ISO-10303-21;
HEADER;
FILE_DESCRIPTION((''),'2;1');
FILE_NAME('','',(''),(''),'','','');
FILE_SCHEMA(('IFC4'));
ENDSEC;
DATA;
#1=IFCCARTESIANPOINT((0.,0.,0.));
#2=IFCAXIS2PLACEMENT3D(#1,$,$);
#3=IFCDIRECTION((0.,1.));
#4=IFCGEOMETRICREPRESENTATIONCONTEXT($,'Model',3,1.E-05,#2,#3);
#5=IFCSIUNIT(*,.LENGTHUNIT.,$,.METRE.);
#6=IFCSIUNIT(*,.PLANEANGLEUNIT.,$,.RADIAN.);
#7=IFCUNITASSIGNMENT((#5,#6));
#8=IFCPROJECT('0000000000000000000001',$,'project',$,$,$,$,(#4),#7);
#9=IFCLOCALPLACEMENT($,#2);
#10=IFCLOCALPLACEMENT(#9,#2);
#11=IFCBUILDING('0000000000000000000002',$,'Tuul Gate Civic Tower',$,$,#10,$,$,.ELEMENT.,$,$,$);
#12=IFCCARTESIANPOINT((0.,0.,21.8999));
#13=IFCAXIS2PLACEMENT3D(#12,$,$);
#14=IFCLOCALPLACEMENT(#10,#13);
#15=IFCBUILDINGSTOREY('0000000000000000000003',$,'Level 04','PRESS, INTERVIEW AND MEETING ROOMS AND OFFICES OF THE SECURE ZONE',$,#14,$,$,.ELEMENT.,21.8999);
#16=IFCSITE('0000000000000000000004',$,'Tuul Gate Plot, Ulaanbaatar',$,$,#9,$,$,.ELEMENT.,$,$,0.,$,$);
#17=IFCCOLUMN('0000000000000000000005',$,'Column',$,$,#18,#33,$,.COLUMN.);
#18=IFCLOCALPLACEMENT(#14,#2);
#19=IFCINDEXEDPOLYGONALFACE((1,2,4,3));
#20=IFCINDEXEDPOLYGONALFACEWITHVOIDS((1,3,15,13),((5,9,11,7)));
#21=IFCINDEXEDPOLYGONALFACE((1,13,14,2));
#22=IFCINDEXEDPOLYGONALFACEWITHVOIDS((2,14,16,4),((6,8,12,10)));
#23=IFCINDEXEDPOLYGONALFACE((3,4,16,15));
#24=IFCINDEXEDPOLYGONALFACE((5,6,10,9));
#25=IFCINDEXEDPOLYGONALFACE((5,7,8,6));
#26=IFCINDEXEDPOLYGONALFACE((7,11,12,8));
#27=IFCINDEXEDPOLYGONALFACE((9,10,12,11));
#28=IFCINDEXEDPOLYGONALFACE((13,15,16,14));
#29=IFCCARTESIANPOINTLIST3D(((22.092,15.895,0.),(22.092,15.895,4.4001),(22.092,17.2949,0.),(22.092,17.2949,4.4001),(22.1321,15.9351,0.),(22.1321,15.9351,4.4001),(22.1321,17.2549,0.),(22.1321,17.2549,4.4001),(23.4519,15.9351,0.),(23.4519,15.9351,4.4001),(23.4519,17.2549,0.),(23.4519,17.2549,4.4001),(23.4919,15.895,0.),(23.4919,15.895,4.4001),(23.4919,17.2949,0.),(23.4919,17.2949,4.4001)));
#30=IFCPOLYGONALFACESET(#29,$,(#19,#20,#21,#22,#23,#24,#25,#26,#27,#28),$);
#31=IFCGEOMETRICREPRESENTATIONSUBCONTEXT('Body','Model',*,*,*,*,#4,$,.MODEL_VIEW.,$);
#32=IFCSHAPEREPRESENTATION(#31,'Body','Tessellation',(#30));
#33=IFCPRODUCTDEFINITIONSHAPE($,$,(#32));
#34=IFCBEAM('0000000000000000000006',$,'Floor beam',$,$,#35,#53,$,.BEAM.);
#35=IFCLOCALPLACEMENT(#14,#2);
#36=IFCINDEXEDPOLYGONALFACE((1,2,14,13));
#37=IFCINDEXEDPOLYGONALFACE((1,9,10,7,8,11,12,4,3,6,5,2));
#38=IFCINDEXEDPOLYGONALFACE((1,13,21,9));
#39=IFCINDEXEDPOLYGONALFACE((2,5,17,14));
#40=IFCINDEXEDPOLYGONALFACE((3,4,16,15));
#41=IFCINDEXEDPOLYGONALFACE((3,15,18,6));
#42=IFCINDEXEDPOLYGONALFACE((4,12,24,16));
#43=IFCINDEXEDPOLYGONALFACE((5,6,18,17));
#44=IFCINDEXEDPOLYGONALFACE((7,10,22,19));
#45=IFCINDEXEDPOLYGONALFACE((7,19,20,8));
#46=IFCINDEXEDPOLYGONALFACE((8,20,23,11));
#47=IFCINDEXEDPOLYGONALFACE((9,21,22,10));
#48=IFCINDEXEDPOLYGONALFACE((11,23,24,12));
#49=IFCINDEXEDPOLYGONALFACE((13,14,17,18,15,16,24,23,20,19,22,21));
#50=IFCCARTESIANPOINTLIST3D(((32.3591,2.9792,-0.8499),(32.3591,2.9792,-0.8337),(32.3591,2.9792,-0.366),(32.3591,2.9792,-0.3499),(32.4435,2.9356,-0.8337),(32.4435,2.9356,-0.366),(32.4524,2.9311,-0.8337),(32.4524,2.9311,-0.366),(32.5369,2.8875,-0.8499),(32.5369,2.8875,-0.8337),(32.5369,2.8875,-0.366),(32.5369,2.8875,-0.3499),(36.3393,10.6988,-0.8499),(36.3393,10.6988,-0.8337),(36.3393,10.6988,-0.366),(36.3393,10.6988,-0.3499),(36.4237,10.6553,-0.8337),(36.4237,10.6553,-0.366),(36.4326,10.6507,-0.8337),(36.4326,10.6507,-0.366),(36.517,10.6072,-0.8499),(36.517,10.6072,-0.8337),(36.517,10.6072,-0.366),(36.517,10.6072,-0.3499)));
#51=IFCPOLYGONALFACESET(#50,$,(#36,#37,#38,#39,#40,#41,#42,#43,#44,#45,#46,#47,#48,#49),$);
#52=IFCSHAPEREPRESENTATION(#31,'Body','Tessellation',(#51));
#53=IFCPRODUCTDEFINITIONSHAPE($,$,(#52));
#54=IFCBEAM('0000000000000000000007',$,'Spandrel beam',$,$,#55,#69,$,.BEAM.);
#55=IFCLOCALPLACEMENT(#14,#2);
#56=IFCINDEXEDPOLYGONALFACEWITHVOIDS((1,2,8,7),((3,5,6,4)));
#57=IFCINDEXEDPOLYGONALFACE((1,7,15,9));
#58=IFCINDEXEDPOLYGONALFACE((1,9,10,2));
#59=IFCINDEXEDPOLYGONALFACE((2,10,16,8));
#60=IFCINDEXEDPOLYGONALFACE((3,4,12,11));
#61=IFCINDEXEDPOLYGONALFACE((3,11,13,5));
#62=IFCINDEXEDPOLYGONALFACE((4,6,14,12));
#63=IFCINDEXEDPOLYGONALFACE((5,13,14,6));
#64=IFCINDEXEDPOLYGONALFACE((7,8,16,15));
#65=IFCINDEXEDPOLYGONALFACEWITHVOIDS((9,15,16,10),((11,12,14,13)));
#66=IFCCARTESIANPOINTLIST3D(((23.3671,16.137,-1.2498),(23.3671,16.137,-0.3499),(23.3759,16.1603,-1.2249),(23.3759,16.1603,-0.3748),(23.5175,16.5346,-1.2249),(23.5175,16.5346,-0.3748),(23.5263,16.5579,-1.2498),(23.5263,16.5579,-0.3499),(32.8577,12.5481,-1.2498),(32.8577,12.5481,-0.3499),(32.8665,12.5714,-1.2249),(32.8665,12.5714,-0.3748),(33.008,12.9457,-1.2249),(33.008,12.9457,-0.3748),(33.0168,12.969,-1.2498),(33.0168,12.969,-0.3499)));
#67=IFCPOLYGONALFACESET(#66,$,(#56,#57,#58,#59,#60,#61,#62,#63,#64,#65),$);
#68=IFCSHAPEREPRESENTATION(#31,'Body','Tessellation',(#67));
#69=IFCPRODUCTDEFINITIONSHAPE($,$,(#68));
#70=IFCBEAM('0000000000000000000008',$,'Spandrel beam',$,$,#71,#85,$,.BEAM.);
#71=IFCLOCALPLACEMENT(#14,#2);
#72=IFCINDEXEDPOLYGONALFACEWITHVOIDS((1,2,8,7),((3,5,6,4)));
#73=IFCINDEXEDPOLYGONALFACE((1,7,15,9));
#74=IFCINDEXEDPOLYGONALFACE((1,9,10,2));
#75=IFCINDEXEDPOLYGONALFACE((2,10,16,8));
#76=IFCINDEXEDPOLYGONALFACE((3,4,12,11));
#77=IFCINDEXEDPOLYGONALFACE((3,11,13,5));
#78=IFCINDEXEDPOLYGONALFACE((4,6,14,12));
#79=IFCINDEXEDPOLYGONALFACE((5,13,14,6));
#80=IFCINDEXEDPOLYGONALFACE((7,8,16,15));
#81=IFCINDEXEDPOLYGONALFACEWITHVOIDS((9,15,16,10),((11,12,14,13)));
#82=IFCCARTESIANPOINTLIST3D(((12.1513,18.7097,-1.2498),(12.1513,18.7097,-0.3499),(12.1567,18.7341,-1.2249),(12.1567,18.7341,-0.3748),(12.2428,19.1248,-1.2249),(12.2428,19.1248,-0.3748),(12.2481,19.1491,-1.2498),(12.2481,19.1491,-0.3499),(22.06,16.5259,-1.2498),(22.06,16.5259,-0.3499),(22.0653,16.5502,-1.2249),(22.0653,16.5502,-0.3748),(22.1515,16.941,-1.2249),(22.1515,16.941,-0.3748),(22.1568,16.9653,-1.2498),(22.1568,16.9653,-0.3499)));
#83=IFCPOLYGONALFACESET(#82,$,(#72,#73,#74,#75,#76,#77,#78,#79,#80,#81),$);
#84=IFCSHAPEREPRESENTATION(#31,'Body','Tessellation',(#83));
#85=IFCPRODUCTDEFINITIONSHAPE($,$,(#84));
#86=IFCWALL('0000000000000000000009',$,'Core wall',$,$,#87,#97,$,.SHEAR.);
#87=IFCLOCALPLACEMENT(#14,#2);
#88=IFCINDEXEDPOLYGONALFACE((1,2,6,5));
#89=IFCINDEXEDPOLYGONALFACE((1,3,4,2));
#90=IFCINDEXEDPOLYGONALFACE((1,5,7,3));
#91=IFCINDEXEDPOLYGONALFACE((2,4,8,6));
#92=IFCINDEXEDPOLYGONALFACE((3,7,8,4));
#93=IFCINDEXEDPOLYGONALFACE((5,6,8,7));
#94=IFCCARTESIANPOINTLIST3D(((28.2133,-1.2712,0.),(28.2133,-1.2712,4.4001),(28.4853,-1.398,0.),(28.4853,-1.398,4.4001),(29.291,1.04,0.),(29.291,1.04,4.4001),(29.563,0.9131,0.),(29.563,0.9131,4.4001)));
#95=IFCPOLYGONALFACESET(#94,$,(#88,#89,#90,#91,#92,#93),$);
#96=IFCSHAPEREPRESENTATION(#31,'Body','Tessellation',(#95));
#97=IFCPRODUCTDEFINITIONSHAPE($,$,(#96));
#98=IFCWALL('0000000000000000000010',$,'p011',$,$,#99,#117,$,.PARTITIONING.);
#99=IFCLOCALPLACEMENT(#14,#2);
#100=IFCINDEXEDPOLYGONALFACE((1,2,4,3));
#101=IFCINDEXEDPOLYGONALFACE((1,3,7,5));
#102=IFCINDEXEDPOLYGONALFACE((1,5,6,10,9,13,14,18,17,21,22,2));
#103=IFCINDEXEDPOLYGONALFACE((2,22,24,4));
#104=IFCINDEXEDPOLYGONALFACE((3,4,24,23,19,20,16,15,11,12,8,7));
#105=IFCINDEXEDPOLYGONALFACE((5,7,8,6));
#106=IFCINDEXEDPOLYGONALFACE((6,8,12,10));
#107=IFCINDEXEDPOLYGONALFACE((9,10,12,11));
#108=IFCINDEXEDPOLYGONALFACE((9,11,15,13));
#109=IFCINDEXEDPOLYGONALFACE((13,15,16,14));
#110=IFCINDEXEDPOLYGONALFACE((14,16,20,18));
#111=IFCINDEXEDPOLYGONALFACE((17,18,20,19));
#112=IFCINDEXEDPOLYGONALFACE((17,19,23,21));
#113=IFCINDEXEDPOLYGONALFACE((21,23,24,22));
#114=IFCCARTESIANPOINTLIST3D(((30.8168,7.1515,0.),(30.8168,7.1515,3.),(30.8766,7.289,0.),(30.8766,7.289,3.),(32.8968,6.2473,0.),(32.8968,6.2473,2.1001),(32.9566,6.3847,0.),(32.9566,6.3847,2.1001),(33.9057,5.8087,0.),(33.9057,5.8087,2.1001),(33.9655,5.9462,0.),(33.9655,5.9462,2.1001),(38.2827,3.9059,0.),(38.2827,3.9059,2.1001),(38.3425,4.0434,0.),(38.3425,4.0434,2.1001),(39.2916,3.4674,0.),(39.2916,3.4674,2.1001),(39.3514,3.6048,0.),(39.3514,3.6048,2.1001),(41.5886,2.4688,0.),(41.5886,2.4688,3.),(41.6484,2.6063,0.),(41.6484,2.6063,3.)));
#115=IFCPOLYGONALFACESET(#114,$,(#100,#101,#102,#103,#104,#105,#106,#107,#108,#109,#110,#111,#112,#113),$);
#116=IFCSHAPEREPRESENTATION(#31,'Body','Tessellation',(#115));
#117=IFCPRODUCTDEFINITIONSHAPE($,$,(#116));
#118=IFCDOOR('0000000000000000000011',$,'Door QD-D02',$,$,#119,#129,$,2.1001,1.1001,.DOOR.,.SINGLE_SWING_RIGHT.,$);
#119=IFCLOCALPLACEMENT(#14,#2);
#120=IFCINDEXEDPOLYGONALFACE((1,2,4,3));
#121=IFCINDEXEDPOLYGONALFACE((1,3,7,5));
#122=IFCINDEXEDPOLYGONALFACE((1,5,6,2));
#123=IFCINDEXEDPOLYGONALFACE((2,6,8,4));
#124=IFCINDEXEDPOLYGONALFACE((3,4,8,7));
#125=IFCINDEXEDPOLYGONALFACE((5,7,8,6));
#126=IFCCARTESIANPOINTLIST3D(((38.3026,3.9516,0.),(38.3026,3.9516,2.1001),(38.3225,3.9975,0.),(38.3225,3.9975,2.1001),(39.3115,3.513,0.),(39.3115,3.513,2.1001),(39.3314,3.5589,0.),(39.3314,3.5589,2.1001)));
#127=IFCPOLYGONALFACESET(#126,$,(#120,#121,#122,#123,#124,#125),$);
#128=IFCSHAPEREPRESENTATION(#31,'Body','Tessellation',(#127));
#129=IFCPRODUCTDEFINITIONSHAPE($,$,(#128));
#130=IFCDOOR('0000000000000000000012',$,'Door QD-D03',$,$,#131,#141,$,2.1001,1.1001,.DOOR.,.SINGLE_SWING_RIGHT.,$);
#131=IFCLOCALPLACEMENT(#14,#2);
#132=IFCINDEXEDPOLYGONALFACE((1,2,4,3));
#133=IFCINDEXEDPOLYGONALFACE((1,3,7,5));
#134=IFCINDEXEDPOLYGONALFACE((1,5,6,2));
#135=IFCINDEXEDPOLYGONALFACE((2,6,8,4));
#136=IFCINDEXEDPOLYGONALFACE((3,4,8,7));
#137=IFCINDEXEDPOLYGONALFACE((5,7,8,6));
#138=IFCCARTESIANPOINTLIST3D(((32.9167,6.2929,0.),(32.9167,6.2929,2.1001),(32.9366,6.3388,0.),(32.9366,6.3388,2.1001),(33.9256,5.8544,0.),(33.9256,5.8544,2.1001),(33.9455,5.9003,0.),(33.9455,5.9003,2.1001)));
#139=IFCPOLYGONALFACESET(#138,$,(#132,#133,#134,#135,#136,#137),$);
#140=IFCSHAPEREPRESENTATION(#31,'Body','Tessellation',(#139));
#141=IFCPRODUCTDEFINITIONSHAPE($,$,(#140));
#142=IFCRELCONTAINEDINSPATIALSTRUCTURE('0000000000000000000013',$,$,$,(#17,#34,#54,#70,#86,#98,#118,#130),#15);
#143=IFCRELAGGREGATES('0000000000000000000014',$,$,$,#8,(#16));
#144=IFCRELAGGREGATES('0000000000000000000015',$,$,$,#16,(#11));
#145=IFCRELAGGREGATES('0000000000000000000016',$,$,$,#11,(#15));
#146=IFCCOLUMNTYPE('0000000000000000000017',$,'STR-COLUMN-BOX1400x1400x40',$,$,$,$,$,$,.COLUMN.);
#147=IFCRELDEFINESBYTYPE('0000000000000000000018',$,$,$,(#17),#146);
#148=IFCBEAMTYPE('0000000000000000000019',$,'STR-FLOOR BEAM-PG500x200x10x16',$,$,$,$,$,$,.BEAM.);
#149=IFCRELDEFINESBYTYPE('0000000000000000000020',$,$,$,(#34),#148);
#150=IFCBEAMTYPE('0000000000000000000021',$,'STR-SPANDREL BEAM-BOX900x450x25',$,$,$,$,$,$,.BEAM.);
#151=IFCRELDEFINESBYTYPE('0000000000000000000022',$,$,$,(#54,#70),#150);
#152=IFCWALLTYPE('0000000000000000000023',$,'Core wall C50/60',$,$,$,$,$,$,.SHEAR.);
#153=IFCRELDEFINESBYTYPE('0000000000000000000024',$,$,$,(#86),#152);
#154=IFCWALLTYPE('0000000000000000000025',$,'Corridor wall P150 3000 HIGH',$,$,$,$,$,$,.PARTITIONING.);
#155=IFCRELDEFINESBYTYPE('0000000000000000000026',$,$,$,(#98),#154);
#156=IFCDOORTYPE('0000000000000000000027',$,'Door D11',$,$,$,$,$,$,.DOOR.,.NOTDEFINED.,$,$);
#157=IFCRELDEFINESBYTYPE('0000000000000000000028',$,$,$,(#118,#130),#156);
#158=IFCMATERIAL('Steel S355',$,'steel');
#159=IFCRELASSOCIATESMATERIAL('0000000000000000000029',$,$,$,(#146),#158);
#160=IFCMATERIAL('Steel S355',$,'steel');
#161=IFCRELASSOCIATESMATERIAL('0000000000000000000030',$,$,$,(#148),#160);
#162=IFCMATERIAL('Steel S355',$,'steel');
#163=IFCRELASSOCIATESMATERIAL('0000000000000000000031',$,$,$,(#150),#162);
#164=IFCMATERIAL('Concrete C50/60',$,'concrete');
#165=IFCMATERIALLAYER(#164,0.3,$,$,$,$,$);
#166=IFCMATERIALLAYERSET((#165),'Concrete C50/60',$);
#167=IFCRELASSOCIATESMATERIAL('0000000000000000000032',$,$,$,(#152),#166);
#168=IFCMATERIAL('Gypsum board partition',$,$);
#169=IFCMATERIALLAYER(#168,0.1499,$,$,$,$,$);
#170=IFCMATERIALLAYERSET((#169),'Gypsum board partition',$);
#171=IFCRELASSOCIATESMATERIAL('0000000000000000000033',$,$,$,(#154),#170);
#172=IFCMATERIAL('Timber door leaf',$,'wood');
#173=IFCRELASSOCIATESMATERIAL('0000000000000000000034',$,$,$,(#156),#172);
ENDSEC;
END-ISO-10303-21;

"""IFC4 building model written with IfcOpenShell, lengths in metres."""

from ifc_helpers import new_model, si_unit, direction, frame, frame_2d, origin, origin_2d, place, context, subcontext, project, spatial, rectangle, hollow_rectangle, i_section, extrude, material, layer, layer_set, material_profile, profile_set, type_object, element, fill, save


model = new_model("IFC4")

# Units and contexts
model_context = context("Model", 3, precision=1e-05, world=origin(), true_north=direction((0.0, 1.0)))
body_context = subcontext(model_context, "Body", "Model", "MODEL_VIEW")
ifc_project = project(units=[si_unit("LENGTHUNIT", "METRE"), si_unit("PLANEANGLEUNIT", "RADIAN")], contexts=[model_context])

# Site, building, storey
site_placement = place(None, origin())
site = spatial("IfcSite", under=ifc_project, at=site_placement, Name="Tuul Gate Plot, Ulaanbaatar", CompositionType="ELEMENT", RefElevation=0.0)
building_placement = place(site_placement, origin())
building = spatial("IfcBuilding", under=site, at=building_placement, Name="Tuul Gate Civic Tower", CompositionType="ELEMENT")
storey_placement = place(building_placement, frame((0.0, 0.0, 21.8999)))
storey = spatial("IfcBuildingStorey", under=building, at=storey_placement, Name="Level 04", Description="PRESS, INTERVIEW AND MEETING ROOMS AND OFFICES OF THE SECURE ZONE", CompositionType="ELEMENT", Elevation=21.8999)

# Column
ifc_material_1 = material(Name="Steel S355", Category="steel")
ifc_material_profile_1 = material_profile(ifc_material_1, hollow_rectangle(XDim=1.3999, YDim=1.3999, WallThickness=0.04, at=origin_2d()), Name="BOX1400x1400x40")
ifc_profile_set_1 = profile_set([ifc_material_profile_1], Name="Steel S355")
column_type = type_object("IfcColumnType", Name="STR-COLUMN-BOX1400x1400x40", PredefinedType="COLUMN", material=ifc_profile_set_1)
column_placement = place(storey_placement, frame((22.792, 16.595, 0.0), z_axis=(0.0, 0.0, 1.0), x_axis=(1.0, 0.0, 0.0)))
element("IfcColumn", 1, at=column_placement, inside=storey, type_object=column_type, Name="Column", PredefinedType="COLUMN", context=body_context, shape_type="SweptSolid", body=[
    extrude(hollow_rectangle(XDim=1.3999, YDim=1.3999, WallThickness=0.04, at=origin_2d()), origin(), (0.0, 0.0, 1.0), 4.4001),
])

# Beams
ifc_material_2 = material(Name="Steel S355", Category="steel")
ifc_material_profile_2 = material_profile(ifc_material_2, i_section(OverallWidth=0.2, OverallDepth=0.5, WebThickness=0.01, FlangeThickness=0.0161, at=origin_2d()), Name="PG500x200x10x16")
ifc_profile_set_2 = profile_set([ifc_material_profile_2], Name="Steel S355")
beam_type_1 = type_object("IfcBeamType", Name="STR-FLOOR BEAM-PG500x200x10x16", PredefinedType="BEAM", material=ifc_profile_set_2)
beam_placement = place(storey_placement, frame((32.448, 2.9333, -0.5999), z_axis=(0.458266, 0.888815, 0.0), x_axis=(-0.888815, 0.458266, 0.0)))
element("IfcBeam", 2, at=beam_placement, inside=storey, type_object=beam_type_1, Name="Floor beam", PredefinedType="BEAM", context=body_context, shape_type="SweptSolid", body=[
    extrude(i_section(OverallWidth=0.2, OverallDepth=0.5, WebThickness=0.01, FlangeThickness=0.0161, at=origin_2d()), origin(), (0.0, 0.0, 1.0), 8.6853),
])
ifc_material_3 = material(Name="Steel S355", Category="steel")
ifc_material_profile_3 = material_profile(ifc_material_3, hollow_rectangle(XDim=0.45, YDim=0.8999, WallThickness=0.0249, at=origin_2d()), Name="BOX900x450x25")
ifc_profile_set_3 = profile_set([ifc_material_profile_3], Name="Steel S355")
beam_type_2 = type_object("IfcBeamType", Name="STR-SPANDREL BEAM-BOX900x450x25", PredefinedType="BEAM", material=ifc_profile_set_3)
for number, where, z_axis, x_axis, name in (
    (3, (32.9373, 12.7585, -0.7998), (-0.935356, 0.353709, 0.0), (-0.353709, -0.935356, 0.0), "Spandrel beam"),
    (4, (22.1084, 16.7456, -0.7998), (-0.976563, 0.215231, 0.0), (-0.215231, -0.976563, 0.0), "Spandrel beam"),
):
    element("IfcBeam", number, at=place(storey_placement, frame(where, z_axis=z_axis, x_axis=x_axis)), inside=storey, type_object=beam_type_2, Name=name, PredefinedType="BEAM", context=body_context, shape_type="SweptSolid", body=[
        extrude(hollow_rectangle(XDim=0.45, YDim=0.8999, WallThickness=0.0249, at=origin_2d()), origin(), (0.0, 0.0, 1.0), 10.1465),
    ])

# Wall
ifc_material_4 = material(Name="Concrete C50/60", Category="concrete")
ifc_layer_1 = layer(ifc_material_4, 0.3)
ifc_layer_set_1 = layer_set([ifc_layer_1], Name="Concrete C50/60")
wall_type_1 = type_object("IfcWallType", Name="Core wall C50/60", PredefinedType="SHEAR", material=ifc_layer_set_1)
wall_1_placement = place(storey_placement, frame((28.3494, -1.3345, 0.0), z_axis=(0.0, 0.0, 1.0), x_axis=(0.422613, 0.90631, 0.0)))
element("IfcWall", 5, at=wall_1_placement, inside=storey, type_object=wall_type_1, Name="Core wall", PredefinedType="SHEAR", context=body_context, shape_type="SweptSolid", body=[
    extrude(rectangle(XDim=2.55, YDim=0.3, at=frame_2d((1.2749, 0.0))), origin(), (0.0, 0.0, 1.0), 4.4001),
])

# Wall, openings, doors
ifc_material_5 = material(Name="Gypsum board partition")
ifc_layer_2 = layer(ifc_material_5, 0.1499)
ifc_layer_set_2 = layer_set([ifc_layer_2], Name="Gypsum board partition")
wall_type_2 = type_object("IfcWallType", Name="Corridor wall P150 3000 HIGH", PredefinedType="PARTITIONING", material=ifc_layer_set_2)
wall_2_placement = place(storey_placement, frame((30.8467, 7.2202, 0.0), z_axis=(0.0, 0.0, 1.0), x_axis=(0.917093, -0.398673, 0.0)))
wall_2 = element("IfcWall", 6, at=wall_2_placement, inside=storey, type_object=wall_type_2, Name="p011", PredefinedType="PARTITIONING", context=body_context, shape_type="SweptSolid", body=[
    extrude(rectangle(XDim=11.7456, YDim=0.1499, at=frame_2d((5.8728, 0.0))), origin(), (0.0, 0.0, 1.0), 3.0),
])
opening_1_placement = place(wall_2_placement, frame((8.1409, 0.0, 0.0)))
opening_1 = element("IfcOpeningElement", 7, at=opening_1_placement, cuts=wall_2, PredefinedType="OPENING", context=body_context, shape_type="SweptSolid", body=[
    extrude(rectangle(XDim=1.1001, YDim=2.1001, at=frame_2d((0.55, 1.05))), frame((0.0, 0.085, 0.0), z_axis=(0.0, -1.0, 0.0), x_axis=(1.0, 0.0, 0.0)), (0.0, 0.0, 1.0), 0.1699),
])
opening_2_placement = place(wall_2_placement, frame((2.2681, 0.0, 0.0)))
opening_2 = element("IfcOpeningElement", 8, at=opening_2_placement, cuts=wall_2, PredefinedType="OPENING", context=body_context, shape_type="SweptSolid", body=[
    extrude(rectangle(XDim=1.1001, YDim=2.1001, at=frame_2d((0.55, 1.05))), frame((0.0, 0.085, 0.0), z_axis=(0.0, -1.0, 0.0), x_axis=(1.0, 0.0, 0.0)), (0.0, 0.0, 1.0), 0.1699),
])
ifc_material_6 = material(Name="Timber door leaf", Category="wood")
door_type = type_object("IfcDoorType", Name="Door D11", OperationType="NOTDEFINED", PredefinedType="DOOR", material=ifc_material_6)
door_1_placement = place(opening_1_placement, origin())
door_1 = element("IfcDoor", 9, at=door_1_placement, inside=storey, type_object=door_type, Name="Door QD-D02", OperationType="SINGLE_SWING_RIGHT", OverallHeight=2.1001, OverallWidth=1.1001, PredefinedType="DOOR", context=body_context, shape_type="SweptSolid", body=[
    extrude(rectangle(XDim=1.1001, YDim=2.1001, at=frame_2d((0.55, 1.05))), frame((0.0, 0.0249, 0.0), z_axis=(0.0, -1.0, 0.0), x_axis=(1.0, 0.0, 0.0)), (0.0, 0.0, 1.0), 0.05),
])
fill(opening_1, door_1)
door_2_placement = place(opening_2_placement, origin())
door_2 = element("IfcDoor", 10, at=door_2_placement, inside=storey, type_object=door_type, Name="Door QD-D03", OperationType="SINGLE_SWING_RIGHT", OverallHeight=2.1001, OverallWidth=1.1001, PredefinedType="DOOR", context=body_context, shape_type="SweptSolid", body=[
    extrude(rectangle(XDim=1.1001, YDim=2.1001, at=frame_2d((0.55, 1.05))), frame((0.0, 0.0249, 0.0), z_axis=(0.0, -1.0, 0.0), x_axis=(1.0, 0.0, 0.0)), (0.0, 0.0, 1.0), 0.05),
])
fill(opening_2, door_2)

save(model, "model.ifc")
